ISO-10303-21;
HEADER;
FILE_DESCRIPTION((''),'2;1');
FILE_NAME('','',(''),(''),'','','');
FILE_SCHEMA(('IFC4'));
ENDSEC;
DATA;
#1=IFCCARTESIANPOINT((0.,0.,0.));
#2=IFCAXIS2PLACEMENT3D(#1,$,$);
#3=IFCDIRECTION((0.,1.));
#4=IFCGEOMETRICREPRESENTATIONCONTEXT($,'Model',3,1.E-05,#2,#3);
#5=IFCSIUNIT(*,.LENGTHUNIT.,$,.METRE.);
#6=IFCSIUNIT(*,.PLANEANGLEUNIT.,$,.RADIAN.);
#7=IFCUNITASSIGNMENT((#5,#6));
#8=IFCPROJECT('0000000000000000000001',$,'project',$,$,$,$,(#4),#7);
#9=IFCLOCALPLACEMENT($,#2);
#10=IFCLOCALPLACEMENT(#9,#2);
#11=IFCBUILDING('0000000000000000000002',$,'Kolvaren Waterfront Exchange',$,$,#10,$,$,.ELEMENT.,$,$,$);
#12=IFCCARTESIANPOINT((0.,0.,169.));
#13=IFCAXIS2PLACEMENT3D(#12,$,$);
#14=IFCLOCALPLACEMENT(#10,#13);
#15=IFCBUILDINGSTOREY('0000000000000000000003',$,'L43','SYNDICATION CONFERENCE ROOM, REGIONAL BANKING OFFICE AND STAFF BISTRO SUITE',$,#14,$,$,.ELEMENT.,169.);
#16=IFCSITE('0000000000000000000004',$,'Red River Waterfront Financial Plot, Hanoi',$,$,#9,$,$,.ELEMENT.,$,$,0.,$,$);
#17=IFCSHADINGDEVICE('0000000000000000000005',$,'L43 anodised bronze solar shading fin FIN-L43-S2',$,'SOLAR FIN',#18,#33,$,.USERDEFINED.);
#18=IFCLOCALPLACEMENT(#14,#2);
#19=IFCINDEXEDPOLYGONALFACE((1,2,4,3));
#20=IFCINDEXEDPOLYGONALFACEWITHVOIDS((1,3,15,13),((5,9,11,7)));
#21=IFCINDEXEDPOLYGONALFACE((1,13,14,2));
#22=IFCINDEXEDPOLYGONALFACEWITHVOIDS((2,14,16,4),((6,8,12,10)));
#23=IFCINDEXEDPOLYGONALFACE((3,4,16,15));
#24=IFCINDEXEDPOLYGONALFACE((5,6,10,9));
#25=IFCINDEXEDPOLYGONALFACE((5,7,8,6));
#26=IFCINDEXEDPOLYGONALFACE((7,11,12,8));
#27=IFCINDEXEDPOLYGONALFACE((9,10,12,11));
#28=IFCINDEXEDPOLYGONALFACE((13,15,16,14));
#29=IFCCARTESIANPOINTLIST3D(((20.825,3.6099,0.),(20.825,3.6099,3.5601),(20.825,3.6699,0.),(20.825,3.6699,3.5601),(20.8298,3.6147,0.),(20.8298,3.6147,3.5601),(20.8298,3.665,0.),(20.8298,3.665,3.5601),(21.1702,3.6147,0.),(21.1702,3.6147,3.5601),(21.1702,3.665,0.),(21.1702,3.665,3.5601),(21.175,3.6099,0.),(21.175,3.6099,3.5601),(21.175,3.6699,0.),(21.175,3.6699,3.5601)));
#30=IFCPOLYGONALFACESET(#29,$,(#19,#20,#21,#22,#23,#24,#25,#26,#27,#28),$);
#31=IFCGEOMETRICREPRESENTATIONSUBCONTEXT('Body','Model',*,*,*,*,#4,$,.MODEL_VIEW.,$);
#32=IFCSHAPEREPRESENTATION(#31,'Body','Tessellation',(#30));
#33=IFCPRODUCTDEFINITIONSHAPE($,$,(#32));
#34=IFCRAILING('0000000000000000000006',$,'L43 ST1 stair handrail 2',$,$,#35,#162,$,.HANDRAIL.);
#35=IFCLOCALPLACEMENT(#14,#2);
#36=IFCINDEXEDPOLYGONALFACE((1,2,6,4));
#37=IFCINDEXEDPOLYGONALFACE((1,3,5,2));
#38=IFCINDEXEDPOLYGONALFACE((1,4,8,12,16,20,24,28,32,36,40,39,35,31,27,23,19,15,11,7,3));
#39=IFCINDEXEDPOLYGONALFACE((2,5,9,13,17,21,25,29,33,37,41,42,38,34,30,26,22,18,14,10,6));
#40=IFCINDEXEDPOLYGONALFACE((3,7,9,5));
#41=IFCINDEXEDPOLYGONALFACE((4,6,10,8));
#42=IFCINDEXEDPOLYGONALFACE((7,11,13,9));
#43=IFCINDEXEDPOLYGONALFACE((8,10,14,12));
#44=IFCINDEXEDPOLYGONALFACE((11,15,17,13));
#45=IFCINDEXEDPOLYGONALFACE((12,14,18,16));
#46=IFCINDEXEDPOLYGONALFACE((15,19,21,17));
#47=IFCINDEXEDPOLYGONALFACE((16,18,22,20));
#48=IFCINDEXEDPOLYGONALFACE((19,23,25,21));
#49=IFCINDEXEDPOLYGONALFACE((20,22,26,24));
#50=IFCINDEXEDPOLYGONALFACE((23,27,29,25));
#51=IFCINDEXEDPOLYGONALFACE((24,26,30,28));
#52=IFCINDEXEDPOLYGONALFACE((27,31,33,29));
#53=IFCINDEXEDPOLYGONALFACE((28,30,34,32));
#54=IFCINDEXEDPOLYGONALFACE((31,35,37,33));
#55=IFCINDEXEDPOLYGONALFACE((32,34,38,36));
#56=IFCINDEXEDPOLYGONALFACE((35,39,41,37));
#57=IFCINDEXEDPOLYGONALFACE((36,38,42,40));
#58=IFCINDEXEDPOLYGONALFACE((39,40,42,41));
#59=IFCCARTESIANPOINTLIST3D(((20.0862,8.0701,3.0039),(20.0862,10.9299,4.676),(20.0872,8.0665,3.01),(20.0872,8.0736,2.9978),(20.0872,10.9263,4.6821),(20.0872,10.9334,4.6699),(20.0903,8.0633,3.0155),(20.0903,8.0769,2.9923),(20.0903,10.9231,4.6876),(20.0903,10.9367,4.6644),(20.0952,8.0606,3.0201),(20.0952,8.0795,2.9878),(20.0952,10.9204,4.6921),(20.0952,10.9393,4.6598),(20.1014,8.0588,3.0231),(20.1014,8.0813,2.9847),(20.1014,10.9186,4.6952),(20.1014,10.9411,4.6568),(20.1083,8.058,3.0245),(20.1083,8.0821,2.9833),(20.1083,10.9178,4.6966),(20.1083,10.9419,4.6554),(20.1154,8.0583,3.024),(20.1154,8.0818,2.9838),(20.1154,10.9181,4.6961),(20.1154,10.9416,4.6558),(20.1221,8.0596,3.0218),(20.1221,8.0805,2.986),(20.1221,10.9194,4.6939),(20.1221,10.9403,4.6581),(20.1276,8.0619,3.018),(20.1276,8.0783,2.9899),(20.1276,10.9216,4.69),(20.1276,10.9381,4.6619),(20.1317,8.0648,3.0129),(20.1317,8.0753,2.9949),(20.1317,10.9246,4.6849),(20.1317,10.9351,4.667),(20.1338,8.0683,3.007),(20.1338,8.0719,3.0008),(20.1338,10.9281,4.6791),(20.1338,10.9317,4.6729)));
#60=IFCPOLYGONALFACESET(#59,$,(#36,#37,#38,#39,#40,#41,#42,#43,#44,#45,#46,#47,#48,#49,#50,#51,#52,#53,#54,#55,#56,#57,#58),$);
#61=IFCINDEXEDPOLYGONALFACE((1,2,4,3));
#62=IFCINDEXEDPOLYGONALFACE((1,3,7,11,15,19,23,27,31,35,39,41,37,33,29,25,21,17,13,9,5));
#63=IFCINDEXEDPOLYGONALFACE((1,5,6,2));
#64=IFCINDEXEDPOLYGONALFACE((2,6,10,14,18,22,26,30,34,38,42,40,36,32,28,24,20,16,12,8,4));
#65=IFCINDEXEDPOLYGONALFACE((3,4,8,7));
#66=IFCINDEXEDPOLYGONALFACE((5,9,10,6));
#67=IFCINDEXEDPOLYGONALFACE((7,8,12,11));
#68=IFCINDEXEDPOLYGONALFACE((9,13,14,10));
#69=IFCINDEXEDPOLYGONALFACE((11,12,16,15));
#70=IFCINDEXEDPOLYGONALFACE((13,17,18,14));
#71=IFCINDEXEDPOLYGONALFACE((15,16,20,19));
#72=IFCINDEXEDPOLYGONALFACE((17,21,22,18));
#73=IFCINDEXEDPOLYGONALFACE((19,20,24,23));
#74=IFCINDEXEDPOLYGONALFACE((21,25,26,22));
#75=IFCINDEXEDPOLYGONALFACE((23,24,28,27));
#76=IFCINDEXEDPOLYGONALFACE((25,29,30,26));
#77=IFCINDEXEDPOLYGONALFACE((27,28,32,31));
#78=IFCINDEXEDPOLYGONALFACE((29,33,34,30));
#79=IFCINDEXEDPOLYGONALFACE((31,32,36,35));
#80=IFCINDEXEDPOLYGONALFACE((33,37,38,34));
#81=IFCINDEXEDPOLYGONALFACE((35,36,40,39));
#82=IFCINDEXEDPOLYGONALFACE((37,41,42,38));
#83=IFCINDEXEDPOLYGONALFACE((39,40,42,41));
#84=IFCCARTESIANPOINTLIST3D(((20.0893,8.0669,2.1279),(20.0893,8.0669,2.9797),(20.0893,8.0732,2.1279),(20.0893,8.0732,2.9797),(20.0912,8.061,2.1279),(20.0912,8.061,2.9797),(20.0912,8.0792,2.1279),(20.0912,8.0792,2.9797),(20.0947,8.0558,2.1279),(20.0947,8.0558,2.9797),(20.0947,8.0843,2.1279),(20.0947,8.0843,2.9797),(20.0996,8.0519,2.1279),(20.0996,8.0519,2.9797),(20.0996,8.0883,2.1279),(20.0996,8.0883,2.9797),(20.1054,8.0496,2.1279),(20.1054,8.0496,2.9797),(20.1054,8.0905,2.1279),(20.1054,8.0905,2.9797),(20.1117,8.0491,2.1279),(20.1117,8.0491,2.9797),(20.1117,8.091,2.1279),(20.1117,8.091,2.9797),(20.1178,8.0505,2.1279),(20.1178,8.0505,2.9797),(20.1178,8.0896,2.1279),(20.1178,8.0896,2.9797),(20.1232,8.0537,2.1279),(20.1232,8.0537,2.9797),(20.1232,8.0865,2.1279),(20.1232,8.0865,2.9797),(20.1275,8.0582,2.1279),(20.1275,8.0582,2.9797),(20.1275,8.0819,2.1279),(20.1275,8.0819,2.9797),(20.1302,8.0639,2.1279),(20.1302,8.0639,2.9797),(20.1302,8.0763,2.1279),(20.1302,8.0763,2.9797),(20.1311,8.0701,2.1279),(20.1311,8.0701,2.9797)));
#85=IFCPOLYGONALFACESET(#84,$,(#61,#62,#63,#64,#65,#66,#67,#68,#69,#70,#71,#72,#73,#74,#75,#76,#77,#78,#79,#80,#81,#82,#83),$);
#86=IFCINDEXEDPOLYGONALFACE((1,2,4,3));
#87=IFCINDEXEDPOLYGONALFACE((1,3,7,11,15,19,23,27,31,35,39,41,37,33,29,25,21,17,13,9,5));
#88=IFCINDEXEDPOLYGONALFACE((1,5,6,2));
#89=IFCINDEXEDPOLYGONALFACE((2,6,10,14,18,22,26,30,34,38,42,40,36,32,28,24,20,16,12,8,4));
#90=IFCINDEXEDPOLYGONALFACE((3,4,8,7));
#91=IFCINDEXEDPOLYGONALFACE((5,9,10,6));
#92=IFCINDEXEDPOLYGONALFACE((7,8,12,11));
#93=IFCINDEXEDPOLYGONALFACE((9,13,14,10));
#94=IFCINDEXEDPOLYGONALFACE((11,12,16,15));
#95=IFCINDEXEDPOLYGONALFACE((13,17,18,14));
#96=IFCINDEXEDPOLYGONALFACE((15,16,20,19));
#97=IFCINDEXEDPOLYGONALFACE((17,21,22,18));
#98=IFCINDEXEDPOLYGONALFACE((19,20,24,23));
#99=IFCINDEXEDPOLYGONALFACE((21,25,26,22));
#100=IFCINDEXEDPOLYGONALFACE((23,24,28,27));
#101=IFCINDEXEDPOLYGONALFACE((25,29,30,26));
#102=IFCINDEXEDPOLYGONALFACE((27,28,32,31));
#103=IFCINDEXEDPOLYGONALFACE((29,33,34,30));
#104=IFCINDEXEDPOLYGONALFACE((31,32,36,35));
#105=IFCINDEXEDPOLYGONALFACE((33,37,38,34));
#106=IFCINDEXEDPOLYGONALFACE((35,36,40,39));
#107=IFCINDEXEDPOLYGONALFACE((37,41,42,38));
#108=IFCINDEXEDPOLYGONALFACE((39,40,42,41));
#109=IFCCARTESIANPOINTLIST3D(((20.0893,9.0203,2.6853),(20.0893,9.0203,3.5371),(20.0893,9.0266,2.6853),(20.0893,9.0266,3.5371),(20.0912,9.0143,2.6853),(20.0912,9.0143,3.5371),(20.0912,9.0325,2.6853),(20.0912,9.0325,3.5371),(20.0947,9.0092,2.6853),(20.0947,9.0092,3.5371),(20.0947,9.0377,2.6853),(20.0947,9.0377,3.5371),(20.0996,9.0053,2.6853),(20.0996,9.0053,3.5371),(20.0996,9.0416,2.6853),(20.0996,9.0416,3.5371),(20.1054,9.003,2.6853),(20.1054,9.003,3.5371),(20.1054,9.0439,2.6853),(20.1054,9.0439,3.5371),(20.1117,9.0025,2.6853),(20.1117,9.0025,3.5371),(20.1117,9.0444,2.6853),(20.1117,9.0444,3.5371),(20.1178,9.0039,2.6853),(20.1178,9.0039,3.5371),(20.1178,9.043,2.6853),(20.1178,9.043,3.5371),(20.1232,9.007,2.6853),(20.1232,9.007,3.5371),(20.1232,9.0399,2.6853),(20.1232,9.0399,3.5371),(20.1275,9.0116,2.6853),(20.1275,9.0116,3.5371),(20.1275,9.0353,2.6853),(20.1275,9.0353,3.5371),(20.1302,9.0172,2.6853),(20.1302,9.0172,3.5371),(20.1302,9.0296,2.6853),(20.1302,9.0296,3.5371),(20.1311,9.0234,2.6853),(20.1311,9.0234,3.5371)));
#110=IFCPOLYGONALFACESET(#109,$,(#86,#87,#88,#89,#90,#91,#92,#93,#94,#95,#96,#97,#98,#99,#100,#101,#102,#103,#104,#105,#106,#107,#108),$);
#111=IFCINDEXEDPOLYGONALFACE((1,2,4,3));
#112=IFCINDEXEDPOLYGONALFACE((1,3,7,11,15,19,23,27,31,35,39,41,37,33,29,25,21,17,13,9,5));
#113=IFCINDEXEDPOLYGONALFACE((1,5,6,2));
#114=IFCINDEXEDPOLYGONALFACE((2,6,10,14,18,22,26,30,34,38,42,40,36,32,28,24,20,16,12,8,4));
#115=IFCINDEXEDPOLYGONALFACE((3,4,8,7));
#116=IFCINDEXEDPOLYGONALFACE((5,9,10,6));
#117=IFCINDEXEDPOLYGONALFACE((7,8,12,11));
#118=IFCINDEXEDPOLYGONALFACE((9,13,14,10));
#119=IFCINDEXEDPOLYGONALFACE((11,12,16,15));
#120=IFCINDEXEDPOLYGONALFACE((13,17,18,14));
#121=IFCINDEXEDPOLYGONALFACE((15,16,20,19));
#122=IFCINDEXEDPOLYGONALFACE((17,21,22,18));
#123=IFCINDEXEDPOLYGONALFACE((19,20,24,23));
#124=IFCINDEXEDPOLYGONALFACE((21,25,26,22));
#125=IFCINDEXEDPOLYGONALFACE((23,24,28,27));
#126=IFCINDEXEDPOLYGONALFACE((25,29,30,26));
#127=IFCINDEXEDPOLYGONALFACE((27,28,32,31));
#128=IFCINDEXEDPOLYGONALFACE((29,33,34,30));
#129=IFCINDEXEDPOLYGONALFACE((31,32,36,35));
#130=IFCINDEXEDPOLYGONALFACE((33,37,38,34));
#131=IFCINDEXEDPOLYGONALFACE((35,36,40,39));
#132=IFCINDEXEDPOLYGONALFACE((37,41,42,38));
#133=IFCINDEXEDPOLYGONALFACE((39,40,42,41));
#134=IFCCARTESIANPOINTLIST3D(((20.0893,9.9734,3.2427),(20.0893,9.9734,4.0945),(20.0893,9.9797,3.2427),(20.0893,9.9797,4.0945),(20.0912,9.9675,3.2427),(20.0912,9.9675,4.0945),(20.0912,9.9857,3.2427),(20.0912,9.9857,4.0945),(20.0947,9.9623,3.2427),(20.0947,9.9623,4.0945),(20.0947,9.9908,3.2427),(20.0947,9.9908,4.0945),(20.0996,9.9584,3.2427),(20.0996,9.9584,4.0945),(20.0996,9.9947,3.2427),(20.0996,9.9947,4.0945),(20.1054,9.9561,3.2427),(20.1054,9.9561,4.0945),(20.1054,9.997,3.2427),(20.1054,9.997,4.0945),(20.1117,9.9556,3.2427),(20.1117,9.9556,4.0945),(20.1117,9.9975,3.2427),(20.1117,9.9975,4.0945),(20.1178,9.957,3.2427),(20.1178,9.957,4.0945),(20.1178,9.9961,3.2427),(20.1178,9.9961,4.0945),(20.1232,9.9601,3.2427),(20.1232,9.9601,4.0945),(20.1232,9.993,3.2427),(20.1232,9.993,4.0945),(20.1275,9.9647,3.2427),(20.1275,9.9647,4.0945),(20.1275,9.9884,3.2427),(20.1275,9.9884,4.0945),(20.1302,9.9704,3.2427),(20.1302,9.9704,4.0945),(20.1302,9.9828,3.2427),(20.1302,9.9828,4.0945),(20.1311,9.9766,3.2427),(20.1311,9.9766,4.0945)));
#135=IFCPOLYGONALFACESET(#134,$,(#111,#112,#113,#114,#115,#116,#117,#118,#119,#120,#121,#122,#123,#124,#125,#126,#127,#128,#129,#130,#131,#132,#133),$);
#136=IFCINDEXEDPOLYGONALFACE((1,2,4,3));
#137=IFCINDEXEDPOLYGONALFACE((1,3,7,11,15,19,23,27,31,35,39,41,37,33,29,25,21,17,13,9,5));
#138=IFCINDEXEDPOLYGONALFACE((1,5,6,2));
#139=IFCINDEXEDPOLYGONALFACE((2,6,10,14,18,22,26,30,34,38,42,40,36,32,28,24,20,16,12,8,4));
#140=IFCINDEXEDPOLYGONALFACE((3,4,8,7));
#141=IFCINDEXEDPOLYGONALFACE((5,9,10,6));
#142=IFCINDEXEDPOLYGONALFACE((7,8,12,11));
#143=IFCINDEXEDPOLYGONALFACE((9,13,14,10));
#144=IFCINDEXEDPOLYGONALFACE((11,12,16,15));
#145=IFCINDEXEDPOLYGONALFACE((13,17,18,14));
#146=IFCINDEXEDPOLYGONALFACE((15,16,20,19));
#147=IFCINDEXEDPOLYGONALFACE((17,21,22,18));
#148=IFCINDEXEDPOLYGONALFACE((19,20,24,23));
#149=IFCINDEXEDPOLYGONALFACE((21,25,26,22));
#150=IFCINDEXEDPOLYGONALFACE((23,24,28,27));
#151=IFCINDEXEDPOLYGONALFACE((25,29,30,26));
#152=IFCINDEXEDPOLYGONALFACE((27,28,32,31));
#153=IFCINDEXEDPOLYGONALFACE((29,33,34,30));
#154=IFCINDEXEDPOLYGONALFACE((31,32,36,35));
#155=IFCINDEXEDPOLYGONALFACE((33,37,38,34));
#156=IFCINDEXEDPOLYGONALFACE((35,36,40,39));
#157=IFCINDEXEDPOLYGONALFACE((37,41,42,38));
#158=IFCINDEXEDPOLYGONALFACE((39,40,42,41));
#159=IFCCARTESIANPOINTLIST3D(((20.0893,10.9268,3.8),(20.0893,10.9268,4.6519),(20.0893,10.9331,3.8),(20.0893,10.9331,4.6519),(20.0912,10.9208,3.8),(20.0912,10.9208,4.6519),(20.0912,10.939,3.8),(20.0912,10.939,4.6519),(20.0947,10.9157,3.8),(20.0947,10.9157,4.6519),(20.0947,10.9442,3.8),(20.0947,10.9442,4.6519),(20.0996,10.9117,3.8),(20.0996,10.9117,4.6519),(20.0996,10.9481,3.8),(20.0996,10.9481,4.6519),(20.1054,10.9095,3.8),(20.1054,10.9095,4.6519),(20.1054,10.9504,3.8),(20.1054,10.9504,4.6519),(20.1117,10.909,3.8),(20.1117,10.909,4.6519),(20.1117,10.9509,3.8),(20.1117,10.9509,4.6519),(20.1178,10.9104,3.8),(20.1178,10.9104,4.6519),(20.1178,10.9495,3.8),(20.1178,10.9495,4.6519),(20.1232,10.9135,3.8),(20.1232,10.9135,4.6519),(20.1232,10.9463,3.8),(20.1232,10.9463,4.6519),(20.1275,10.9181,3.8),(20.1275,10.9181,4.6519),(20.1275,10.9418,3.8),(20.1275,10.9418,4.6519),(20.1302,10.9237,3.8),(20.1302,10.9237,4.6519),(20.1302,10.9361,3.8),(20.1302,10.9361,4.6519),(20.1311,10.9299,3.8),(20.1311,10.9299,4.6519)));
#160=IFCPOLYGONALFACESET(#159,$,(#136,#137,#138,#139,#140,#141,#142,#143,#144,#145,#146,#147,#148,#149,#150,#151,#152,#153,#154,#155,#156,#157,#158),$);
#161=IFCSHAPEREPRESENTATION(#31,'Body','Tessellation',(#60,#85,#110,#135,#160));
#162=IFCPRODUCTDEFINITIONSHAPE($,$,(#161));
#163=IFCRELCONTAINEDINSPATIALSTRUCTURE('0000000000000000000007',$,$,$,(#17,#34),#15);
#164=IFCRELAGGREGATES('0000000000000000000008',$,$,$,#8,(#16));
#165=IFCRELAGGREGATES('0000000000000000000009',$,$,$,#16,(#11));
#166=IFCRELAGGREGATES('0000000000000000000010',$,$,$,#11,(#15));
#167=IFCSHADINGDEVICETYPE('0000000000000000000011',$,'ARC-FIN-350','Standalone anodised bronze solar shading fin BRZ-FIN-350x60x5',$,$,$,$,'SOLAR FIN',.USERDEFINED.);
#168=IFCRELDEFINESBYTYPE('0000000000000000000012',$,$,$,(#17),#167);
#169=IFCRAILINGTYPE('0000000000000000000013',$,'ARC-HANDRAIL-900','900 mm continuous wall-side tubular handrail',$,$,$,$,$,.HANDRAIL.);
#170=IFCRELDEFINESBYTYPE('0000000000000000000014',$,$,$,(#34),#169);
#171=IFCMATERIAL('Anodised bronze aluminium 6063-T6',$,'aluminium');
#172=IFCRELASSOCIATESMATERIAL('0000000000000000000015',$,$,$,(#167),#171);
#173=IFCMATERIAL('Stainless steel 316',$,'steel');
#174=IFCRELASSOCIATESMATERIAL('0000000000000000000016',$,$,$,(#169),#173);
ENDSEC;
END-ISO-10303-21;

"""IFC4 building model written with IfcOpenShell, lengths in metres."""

from ifc_helpers import new_model, si_unit, direction, frame, origin, origin_2d, place, context, subcontext, project, spatial, hollow_rectangle, circle, extrude, material, material_profile, profile_set, type_object, element, save


model = new_model("IFC4")

# Units and contexts
model_context = context("Model", 3, precision=1e-05, world=origin(), true_north=direction((0.0, 1.0)))
body_context = subcontext(model_context, "Body", "Model", "MODEL_VIEW")
ifc_project = project(units=[si_unit("LENGTHUNIT", "METRE"), si_unit("PLANEANGLEUNIT", "RADIAN")], contexts=[model_context])

# Site, building, storey
site_placement = place(None, origin())
site = spatial("IfcSite", under=ifc_project, at=site_placement, Name="Red River Waterfront Financial Plot, Hanoi", CompositionType="ELEMENT", RefElevation=0.0)
building_placement = place(site_placement, origin())
building = spatial("IfcBuilding", under=site, at=building_placement, Name="Kolvaren Waterfront Exchange", CompositionType="ELEMENT")
storey_placement = place(building_placement, frame((0.0, 0.0, 169.0)))
storey = spatial("IfcBuildingStorey", under=building, at=storey_placement, Name="L43", Description="SYNDICATION CONFERENCE ROOM, REGIONAL BANKING OFFICE AND STAFF BISTRO SUITE", CompositionType="ELEMENT", Elevation=169.0)

# Shared definitions
ifc_material_1 = material(Name="Anodised bronze aluminium 6063-T6", Category="aluminium")

# Shading device
ifc_material_profile_1 = material_profile(ifc_material_1, hollow_rectangle(XDim=0.0601, YDim=0.3501, WallThickness=0.0049, at=origin_2d()), Name="BRZ-FIN-350x60x5")
ifc_profile_set_1 = profile_set([ifc_material_profile_1], Name="Anodised bronze aluminium 6063-T6")
shading_device_type = type_object("IfcShadingDeviceType", Name="ARC-FIN-350", Description="Standalone anodised bronze solar shading fin BRZ-FIN-350x60x5", ElementType="SOLAR FIN", PredefinedType="USERDEFINED", material=ifc_profile_set_1)
shading_device_placement = place(storey_placement, frame((21.0, 3.6399, 0.0), z_axis=(0.0, 0.0, 1.0), x_axis=(0.0, -1.0, 0.0)))
element("IfcShadingDevice", 1, at=shading_device_placement, inside=storey, type_object=shading_device_type, Name="L43 anodised bronze solar shading fin FIN-L43-S2", ObjectType="SOLAR FIN", PredefinedType="USERDEFINED", context=body_context, shape_type="SweptSolid", body=[
    extrude(hollow_rectangle(XDim=0.0601, YDim=0.3501, WallThickness=0.0049, at=origin_2d()), origin(), (0.0, 0.0, 1.0), 3.5601),
])

# Railing
ifc_material_2 = material(Name="Stainless steel 316", Category="steel")
railing_type = type_object("IfcRailingType", Name="ARC-HANDRAIL-900", Description="900 mm continuous wall-side tubular handrail", PredefinedType="HANDRAIL", material=ifc_material_2)
railing_1_placement = place(storey_placement, frame((20.1101, 8.0701, 2.1279)))
element("IfcRailing", 2, at=railing_1_placement, inside=storey, type_object=railing_type, Name="L43 ST1 stair handrail 2", PredefinedType="HANDRAIL", context=body_context, shape_type="SweptSolid", body=[
    extrude(circle(Radius=0.0239, at=origin_2d()), frame((0.0, 0.0, 0.876), z_axis=(0.0, 0.863271, 0.504741), x_axis=(-1.0, 0.0, 0.0)), (0.0, 0.0, 1.0), 3.3127),
    extrude(circle(Radius=0.021, at=origin_2d()), origin(), (0.0, 0.0, 1.0), 0.8518),
    extrude(circle(Radius=0.021, at=origin_2d()), frame((0.0, 0.9534, 0.5574)), (0.0, 0.0, 1.0), 0.8518),
    extrude(circle(Radius=0.021, at=origin_2d()), frame((0.0, 1.9065, 1.1147)), (0.0, 0.0, 1.0), 0.8518),
    extrude(circle(Radius=0.021, at=origin_2d()), frame((0.0, 2.8599, 1.6721)), (0.0, 0.0, 1.0), 0.8518),
])

save(model, "model.ifc")
